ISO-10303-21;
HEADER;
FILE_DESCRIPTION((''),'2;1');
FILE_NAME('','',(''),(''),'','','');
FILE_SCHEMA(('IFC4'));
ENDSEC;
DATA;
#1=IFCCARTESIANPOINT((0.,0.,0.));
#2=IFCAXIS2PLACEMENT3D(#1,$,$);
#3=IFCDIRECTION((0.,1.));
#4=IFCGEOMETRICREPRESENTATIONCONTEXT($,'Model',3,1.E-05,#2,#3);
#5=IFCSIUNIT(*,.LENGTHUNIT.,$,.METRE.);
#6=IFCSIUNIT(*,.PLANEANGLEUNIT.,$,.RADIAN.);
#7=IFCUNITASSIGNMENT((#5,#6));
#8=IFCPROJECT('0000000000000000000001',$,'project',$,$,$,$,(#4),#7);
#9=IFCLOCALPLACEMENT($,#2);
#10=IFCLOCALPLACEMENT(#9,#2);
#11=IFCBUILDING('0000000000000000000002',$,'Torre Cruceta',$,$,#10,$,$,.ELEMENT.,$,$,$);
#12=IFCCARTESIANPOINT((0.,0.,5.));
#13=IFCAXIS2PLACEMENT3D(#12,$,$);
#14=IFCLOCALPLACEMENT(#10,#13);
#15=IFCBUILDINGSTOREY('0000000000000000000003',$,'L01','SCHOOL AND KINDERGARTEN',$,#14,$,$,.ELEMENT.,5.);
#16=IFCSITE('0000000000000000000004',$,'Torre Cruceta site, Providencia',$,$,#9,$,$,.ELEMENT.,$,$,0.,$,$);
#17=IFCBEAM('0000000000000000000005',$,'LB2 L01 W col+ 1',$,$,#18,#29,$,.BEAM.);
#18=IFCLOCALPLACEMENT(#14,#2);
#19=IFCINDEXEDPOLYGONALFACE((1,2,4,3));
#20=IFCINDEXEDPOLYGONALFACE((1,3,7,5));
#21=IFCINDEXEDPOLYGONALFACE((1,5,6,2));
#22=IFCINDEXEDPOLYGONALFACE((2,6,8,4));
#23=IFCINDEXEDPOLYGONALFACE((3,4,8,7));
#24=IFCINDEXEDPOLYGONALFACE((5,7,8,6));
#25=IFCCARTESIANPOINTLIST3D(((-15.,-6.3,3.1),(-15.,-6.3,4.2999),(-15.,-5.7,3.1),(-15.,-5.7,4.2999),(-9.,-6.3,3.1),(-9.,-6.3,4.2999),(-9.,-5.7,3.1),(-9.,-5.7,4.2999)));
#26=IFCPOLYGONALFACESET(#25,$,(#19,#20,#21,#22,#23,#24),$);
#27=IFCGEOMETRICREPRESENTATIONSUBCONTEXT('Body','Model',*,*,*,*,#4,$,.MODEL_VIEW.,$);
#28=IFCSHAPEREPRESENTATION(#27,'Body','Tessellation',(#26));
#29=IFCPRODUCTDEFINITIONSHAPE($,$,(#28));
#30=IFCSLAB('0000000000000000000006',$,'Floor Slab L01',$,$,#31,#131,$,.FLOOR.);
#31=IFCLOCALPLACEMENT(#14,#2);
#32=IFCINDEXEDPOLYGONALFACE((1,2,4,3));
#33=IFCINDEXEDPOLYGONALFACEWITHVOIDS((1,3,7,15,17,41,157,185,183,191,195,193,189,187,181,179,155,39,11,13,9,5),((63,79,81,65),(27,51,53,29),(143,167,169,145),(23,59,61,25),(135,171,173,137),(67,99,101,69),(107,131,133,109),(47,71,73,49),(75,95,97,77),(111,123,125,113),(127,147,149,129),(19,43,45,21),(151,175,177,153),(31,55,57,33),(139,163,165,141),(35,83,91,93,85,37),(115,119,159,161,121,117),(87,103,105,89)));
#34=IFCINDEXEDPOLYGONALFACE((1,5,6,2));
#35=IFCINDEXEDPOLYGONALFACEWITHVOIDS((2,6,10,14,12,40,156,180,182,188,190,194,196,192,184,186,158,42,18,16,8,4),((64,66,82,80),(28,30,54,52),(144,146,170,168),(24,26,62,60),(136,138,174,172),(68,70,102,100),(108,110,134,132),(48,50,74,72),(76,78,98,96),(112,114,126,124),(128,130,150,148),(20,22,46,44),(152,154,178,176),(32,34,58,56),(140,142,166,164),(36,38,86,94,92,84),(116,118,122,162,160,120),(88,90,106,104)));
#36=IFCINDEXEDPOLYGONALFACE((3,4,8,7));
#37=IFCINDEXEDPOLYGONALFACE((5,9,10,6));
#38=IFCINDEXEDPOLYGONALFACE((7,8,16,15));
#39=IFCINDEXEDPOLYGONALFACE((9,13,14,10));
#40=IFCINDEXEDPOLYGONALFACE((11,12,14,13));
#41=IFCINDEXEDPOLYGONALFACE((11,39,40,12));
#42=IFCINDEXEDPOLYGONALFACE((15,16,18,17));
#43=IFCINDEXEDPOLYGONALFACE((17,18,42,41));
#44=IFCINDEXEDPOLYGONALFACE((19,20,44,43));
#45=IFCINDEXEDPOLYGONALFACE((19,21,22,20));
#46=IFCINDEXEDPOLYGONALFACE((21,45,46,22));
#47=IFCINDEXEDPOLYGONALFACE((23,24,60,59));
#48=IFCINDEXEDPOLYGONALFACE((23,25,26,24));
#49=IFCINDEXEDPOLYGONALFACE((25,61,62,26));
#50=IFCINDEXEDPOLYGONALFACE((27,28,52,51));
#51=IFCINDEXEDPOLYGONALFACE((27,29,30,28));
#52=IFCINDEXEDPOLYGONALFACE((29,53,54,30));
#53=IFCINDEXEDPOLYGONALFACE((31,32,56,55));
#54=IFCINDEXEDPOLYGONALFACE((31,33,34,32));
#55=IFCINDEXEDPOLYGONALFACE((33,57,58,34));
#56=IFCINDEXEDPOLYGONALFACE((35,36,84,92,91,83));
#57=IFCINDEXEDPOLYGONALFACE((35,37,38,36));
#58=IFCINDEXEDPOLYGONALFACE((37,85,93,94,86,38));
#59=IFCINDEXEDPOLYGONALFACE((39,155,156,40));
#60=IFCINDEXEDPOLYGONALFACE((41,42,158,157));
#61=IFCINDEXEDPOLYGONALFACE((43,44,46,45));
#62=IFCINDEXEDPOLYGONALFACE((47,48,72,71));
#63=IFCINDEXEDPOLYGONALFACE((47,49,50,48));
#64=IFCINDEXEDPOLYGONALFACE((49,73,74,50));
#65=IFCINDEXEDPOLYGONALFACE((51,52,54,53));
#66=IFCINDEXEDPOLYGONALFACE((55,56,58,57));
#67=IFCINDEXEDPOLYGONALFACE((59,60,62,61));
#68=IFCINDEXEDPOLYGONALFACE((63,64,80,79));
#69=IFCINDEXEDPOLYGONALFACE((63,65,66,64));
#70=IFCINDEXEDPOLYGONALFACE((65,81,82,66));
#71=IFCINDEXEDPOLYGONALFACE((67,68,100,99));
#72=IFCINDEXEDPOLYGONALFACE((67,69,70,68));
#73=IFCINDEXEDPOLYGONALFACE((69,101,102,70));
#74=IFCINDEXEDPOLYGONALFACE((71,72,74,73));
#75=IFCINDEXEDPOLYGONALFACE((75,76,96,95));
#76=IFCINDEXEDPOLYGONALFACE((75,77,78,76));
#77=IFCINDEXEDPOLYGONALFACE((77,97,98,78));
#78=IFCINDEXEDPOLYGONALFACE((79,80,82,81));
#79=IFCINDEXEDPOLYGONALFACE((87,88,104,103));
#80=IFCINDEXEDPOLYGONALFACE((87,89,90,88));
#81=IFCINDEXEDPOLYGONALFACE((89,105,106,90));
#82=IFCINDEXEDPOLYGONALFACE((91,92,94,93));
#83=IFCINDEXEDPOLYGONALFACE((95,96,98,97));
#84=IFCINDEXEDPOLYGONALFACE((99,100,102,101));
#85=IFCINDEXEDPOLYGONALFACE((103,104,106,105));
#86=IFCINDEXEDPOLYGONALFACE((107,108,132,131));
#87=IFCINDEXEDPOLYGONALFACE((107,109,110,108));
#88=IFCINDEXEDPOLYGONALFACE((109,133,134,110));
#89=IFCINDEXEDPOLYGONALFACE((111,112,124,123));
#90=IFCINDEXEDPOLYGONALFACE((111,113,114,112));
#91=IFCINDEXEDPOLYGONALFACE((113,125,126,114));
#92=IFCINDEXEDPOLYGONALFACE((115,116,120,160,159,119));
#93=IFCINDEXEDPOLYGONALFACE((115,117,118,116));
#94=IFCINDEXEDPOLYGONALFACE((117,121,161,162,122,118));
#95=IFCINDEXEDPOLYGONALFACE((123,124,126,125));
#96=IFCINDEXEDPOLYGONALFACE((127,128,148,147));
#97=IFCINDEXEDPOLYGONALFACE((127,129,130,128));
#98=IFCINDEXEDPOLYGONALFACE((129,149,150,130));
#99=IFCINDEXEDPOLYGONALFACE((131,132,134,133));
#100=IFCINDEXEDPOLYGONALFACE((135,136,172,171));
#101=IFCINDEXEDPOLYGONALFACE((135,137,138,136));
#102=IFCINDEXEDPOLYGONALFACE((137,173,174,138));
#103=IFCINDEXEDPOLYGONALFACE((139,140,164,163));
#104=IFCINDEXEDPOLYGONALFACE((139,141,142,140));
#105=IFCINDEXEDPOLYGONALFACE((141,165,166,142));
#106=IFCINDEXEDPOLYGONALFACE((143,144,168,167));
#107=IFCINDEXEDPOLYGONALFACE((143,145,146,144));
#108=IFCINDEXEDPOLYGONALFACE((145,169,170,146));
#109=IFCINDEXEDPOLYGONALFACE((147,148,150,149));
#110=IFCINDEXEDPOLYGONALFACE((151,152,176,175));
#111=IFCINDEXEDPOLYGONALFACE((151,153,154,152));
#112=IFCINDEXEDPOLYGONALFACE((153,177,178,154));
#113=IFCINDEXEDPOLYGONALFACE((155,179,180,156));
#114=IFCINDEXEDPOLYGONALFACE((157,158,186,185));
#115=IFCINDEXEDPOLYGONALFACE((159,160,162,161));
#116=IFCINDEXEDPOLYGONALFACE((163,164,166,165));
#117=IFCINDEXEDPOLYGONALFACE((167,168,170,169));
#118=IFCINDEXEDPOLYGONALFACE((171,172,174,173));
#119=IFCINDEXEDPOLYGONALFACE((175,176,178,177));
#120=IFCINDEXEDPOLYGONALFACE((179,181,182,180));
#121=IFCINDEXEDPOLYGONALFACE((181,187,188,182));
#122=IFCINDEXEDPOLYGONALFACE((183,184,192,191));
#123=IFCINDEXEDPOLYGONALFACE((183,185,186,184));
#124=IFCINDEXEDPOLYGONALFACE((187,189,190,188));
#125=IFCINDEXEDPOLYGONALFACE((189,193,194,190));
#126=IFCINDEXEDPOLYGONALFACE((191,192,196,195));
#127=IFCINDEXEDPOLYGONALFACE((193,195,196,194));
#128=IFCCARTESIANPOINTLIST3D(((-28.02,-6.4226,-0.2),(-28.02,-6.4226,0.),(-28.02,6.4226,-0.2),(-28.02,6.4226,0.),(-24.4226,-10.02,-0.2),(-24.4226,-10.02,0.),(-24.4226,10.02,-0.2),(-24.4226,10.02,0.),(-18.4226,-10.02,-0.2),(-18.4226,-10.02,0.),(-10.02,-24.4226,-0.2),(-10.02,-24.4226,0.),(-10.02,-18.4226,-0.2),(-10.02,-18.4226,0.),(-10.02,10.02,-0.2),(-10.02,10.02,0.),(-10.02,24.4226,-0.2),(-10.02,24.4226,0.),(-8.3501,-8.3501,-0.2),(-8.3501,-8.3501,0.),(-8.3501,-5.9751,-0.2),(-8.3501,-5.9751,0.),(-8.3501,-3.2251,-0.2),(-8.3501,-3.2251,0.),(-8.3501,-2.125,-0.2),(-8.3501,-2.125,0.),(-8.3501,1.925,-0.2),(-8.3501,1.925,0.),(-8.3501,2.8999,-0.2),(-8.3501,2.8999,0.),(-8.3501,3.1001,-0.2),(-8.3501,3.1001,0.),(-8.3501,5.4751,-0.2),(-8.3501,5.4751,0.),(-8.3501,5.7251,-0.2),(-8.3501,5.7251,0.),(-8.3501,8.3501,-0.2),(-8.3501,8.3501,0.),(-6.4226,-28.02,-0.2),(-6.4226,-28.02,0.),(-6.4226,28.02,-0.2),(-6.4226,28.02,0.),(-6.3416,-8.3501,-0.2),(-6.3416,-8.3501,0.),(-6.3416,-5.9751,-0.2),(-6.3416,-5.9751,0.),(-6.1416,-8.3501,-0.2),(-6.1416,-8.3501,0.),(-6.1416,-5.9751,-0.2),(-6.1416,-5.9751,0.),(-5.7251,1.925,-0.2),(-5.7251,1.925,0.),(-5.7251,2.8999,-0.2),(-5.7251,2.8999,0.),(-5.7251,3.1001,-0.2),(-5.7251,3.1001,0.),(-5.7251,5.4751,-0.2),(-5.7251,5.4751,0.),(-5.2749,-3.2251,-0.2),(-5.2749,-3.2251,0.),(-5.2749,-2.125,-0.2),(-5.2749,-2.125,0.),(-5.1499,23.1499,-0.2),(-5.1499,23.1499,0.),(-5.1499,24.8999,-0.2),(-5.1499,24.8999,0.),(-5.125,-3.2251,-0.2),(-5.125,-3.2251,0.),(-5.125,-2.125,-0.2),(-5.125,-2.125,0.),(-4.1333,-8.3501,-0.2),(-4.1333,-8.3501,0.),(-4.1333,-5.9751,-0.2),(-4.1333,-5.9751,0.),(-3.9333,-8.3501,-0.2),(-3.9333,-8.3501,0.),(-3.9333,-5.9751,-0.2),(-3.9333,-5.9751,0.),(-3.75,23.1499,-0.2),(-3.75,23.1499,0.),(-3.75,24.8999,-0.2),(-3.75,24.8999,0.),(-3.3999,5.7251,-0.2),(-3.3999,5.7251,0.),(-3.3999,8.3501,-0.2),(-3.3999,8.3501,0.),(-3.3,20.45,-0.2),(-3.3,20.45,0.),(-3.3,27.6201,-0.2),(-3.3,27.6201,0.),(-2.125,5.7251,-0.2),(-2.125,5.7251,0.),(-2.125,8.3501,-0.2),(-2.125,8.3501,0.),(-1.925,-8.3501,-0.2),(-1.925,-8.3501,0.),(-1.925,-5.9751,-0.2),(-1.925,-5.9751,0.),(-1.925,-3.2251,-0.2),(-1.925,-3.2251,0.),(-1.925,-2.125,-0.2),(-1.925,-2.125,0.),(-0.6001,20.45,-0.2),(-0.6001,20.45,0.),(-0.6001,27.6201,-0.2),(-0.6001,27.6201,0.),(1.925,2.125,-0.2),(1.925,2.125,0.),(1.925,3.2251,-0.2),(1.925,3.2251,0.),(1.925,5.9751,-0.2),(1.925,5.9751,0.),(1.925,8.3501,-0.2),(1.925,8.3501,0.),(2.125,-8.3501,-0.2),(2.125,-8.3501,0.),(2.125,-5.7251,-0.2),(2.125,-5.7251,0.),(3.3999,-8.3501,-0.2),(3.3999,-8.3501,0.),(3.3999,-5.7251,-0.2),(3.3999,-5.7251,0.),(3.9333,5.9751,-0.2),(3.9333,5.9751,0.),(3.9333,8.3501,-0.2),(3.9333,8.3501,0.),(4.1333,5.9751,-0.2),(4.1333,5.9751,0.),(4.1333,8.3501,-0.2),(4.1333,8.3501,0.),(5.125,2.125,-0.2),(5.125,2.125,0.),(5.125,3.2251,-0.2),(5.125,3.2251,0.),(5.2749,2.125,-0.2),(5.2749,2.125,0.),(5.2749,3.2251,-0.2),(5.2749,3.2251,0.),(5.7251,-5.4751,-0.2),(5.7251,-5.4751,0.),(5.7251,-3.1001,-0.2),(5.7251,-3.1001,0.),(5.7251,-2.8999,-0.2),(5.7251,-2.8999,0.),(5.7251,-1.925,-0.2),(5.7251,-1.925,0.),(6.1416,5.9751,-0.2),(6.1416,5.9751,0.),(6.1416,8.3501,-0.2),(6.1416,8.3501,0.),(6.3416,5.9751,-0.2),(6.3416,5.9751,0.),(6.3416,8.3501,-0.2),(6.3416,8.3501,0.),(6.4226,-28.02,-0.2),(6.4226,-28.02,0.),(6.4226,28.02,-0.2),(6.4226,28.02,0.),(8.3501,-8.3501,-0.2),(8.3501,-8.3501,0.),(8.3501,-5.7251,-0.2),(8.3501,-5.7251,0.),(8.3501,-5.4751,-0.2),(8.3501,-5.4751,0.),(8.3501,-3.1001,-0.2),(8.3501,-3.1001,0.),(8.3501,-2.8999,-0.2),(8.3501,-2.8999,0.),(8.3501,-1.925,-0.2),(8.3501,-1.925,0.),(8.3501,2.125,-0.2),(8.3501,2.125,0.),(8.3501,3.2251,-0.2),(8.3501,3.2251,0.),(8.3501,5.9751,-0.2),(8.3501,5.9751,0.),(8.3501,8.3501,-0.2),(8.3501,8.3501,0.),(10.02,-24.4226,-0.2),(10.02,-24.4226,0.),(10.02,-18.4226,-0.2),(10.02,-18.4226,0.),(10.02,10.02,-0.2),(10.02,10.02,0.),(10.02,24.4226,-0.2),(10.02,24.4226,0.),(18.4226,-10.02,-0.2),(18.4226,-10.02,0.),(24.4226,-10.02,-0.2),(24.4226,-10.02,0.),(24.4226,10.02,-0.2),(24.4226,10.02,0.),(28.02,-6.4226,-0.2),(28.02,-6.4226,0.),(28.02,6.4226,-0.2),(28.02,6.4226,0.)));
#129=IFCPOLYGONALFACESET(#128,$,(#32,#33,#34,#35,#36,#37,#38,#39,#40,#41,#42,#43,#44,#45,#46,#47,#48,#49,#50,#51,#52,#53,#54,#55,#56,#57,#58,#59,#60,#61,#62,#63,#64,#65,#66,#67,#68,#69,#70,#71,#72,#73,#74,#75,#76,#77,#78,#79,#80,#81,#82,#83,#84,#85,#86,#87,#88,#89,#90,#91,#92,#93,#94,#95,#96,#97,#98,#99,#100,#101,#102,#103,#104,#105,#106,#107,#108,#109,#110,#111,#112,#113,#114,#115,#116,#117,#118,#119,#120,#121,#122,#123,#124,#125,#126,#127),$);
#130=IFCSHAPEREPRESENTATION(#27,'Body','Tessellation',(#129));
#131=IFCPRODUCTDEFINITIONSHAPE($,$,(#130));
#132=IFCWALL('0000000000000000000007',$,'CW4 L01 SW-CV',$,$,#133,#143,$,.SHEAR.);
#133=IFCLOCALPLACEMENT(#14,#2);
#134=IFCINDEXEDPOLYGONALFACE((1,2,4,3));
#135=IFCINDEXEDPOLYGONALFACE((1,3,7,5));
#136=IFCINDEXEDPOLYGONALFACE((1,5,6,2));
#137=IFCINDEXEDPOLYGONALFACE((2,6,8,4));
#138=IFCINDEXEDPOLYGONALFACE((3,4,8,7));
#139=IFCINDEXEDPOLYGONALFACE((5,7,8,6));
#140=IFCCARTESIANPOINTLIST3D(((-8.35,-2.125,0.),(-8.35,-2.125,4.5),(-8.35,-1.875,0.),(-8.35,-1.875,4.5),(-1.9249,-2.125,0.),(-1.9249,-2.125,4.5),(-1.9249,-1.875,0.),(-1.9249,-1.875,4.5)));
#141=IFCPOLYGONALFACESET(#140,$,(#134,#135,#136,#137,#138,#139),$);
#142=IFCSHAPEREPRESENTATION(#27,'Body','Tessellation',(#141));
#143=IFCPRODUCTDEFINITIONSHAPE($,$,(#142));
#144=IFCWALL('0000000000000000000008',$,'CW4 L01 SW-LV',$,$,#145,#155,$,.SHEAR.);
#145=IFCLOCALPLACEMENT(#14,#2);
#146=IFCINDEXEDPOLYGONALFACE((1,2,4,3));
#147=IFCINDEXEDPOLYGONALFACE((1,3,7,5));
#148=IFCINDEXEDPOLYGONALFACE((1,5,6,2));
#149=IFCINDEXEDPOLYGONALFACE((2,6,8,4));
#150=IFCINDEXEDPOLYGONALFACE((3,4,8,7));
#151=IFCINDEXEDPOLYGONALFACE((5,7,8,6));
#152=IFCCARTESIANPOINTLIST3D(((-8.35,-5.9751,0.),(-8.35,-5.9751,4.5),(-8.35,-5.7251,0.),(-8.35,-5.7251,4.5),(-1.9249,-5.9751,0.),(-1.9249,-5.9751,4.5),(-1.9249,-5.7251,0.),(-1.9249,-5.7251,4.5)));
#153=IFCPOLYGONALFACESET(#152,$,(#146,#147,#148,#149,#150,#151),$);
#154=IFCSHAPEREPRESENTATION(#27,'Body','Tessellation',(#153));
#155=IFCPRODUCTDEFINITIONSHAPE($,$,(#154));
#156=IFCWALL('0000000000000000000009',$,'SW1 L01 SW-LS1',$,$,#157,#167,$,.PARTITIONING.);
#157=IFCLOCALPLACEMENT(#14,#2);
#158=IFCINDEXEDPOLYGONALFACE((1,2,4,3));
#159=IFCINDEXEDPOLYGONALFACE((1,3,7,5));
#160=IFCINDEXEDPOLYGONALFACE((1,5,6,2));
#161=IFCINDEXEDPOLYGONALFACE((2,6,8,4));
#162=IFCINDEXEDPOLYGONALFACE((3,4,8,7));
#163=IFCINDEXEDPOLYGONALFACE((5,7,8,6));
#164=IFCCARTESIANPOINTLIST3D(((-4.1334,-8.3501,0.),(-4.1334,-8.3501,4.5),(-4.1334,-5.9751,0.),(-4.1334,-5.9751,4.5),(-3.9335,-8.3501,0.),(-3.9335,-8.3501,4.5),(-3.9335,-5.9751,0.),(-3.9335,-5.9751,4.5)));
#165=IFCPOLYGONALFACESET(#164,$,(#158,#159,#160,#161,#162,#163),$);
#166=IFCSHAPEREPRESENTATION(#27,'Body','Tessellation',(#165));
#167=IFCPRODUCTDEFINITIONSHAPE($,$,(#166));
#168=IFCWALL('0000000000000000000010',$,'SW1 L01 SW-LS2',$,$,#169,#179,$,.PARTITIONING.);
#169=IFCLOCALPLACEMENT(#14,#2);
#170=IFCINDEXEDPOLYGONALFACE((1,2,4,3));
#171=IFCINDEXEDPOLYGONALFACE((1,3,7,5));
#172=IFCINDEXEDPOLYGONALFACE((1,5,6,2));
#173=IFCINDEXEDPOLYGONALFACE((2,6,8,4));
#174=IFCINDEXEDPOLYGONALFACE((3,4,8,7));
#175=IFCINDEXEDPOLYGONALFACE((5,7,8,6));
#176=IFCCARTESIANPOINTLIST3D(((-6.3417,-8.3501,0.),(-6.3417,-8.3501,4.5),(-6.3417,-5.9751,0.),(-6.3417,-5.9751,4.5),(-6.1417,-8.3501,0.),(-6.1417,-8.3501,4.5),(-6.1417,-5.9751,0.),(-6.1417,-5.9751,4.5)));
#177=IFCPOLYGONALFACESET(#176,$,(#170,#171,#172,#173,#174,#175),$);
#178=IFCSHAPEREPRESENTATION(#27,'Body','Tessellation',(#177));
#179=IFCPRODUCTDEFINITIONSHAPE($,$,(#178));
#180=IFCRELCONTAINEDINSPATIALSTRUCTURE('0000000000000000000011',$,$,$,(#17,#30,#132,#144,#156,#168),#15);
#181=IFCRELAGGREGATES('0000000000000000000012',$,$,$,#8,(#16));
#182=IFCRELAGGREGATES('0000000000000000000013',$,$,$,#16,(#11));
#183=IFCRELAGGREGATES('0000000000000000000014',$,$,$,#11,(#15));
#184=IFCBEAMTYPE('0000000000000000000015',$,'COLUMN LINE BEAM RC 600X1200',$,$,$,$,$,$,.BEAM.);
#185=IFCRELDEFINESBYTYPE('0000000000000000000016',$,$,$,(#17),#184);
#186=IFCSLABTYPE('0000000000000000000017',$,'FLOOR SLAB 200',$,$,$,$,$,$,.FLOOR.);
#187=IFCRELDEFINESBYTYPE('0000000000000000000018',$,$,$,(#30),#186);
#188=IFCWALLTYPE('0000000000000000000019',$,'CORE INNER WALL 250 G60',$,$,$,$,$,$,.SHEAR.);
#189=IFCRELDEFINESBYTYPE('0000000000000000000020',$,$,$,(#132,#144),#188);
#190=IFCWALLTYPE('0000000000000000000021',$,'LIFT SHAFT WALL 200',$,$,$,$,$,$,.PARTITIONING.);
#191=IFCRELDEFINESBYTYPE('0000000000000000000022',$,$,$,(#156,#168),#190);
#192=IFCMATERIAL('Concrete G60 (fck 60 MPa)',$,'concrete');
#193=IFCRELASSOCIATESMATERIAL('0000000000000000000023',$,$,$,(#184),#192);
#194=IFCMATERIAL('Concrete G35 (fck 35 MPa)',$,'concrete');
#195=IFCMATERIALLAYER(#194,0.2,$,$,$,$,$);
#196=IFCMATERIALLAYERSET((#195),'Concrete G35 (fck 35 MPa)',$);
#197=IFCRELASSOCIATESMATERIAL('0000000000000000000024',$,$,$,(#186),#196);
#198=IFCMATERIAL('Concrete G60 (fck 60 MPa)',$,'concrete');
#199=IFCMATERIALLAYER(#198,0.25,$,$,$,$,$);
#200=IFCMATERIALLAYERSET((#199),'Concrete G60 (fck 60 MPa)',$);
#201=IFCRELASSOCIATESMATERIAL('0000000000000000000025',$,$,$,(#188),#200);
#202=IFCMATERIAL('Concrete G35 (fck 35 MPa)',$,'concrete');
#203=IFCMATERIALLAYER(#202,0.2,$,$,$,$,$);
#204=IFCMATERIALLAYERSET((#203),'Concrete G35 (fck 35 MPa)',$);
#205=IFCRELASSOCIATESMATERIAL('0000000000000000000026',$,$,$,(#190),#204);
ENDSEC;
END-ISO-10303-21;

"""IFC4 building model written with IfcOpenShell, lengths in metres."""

from ifc_helpers import new_model, si_unit, direction, frame, frame_2d, origin, origin_2d, place, context, subcontext, project, spatial, polyline, rectangle, outline, extrude, material, layer, layer_set, material_profile, profile_set, type_object, element, save


model = new_model("IFC4")

# Units and contexts
model_context = context("Model", 3, precision=1e-05, world=origin(), true_north=direction((0.0, 1.0)))
body_context = subcontext(model_context, "Body", "Model", "MODEL_VIEW")
ifc_project = project(units=[si_unit("LENGTHUNIT", "METRE"), si_unit("PLANEANGLEUNIT", "RADIAN")], contexts=[model_context])

# Site, building, storey
site_placement = place(None, origin())
site = spatial("IfcSite", under=ifc_project, at=site_placement, Name="Torre Cruceta site, Providencia", CompositionType="ELEMENT", RefElevation=0.0)
building_placement = place(site_placement, origin())
building = spatial("IfcBuilding", under=site, at=building_placement, Name="Torre Cruceta", CompositionType="ELEMENT")
storey_placement = place(building_placement, frame((0.0, 0.0, 5.0)))
storey = spatial("IfcBuildingStorey", under=building, at=storey_placement, Name="L01", Description="SCHOOL AND KINDERGARTEN", CompositionType="ELEMENT", Elevation=5.0)

# Beam
ifc_material_1 = material(Name="Concrete G60 (fck 60 MPa)", Category="concrete")
ifc_material_profile = material_profile(ifc_material_1, rectangle(XDim=0.6001, YDim=1.2, at=origin_2d()), Name="RC 600X1200")
ifc_profile_set = profile_set([ifc_material_profile], Name="Concrete G60 (fck 60 MPa)")
beam_type = type_object("IfcBeamType", Name="COLUMN LINE BEAM RC 600X1200", PredefinedType="BEAM", material=ifc_profile_set)
beam_placement = place(storey_placement, frame((-9.0, -6.0, 3.7), z_axis=(-1.0, 0.0, 0.0), x_axis=(0.0, -1.0, 0.0)))
element("IfcBeam", 1, at=beam_placement, inside=storey, type_object=beam_type, Name="LB2 L01 W col+ 1", PredefinedType="BEAM", context=body_context, shape_type="SweptSolid", body=[
    extrude(rectangle(XDim=0.6001, YDim=1.2, at=origin_2d()), origin(), (0.0, 0.0, 1.0), 6.0),
])

# Slab
ifc_material_2 = material(Name="Concrete G35 (fck 35 MPa)", Category="concrete")
ifc_layer_1 = layer(ifc_material_2, 0.2)
ifc_layer_set_1 = layer_set([ifc_layer_1], Name="Concrete G35 (fck 35 MPa)")
slab_type = type_object("IfcSlabType", Name="FLOOR SLAB 200", PredefinedType="FLOOR", material=ifc_layer_set_1)
slab_placement = place(storey_placement, frame((0.0, 0.0, -0.2)))
element("IfcSlab", 2, at=slab_placement, inside=storey, type_object=slab_type, Name="Floor Slab L01", PredefinedType="FLOOR", context=body_context, shape_type="SweptSolid", body=[
    extrude(outline(polyline([(18.4226, -10.02), (10.02, -18.4226), (10.02, -24.4226), (6.4226, -28.02), (-6.4226, -28.02), (-10.02, -24.4226), (-10.02, -18.4226), (-18.4226, -10.02), (-24.4226, -10.02), (-28.02, -6.4226), (-28.02, 6.4226), (-24.4226, 10.02), (-10.02, 10.02), (-10.02, 24.4226), (-6.4226, 28.02), (6.4226, 28.02), (10.02, 24.4226), (10.02, 10.02), (24.4226, 10.02), (28.02, 6.4226), (28.02, -6.4226), (24.4226, -10.02), (18.4226, -10.02)]), holes=[polyline([(1.925, 5.9751), (3.9333, 5.9751), (3.9333, 8.3501), (1.925, 8.3501), (1.925, 5.9751)]), polyline([(4.1333, 5.9751), (6.1416, 5.9751), (6.1416, 8.3501), (4.1333, 8.3501), (4.1333, 5.9751)]), polyline([(6.3416, 5.9751), (8.3501, 5.9751), (8.3501, 8.3501), (6.3416, 8.3501), (6.3416, 5.9751)]), polyline([(1.925, 2.125), (5.125, 2.125), (5.125, 3.2251), (1.925, 3.2251), (1.925, 2.125)]), polyline([(5.2749, 2.125), (8.3501, 2.125), (8.3501, 3.2251), (5.2749, 3.2251), (5.2749, 2.125)]), polyline([(-8.3501, 3.1001), (-5.7251, 3.1001), (-5.7251, 5.4751), (-8.3501, 5.4751), (-8.3501, 3.1001)]), polyline([(-8.3501, 1.925), (-5.7251, 1.925), (-5.7251, 2.8999), (-8.3501, 2.8999), (-8.3501, 1.925)]), polyline([(-3.9333, -8.3501), (-1.925, -8.3501), (-1.925, -5.9751), (-3.9333, -5.9751), (-3.9333, -8.3501)]), polyline([(-6.1416, -8.3501), (-4.1333, -8.3501), (-4.1333, -5.9751), (-6.1416, -5.9751), (-6.1416, -8.3501)]), polyline([(-8.3501, -8.3501), (-6.3416, -8.3501), (-6.3416, -5.9751), (-8.3501, -5.9751), (-8.3501, -8.3501)]), polyline([(-5.125, -3.2251), (-1.925, -3.2251), (-1.925, -2.125), (-5.125, -2.125), (-5.125, -3.2251)]), polyline([(-8.3501, -3.2251), (-5.2749, -3.2251), (-5.2749, -2.125), (-8.3501, -2.125), (-8.3501, -3.2251)]), polyline([(5.7251, -5.4751), (8.3501, -5.4751), (8.3501, -3.1001), (5.7251, -3.1001), (5.7251, -5.4751)]), polyline([(5.7251, -2.8999), (8.3501, -2.8999), (8.3501, -1.925), (5.7251, -1.925), (5.7251, -2.8999)]), polyline([(-8.3501, 5.7251), (-8.3501, 8.3501), (-3.3999, 8.3501), (-2.125, 8.3501), (-2.125, 5.7251), (-3.3999, 5.7251), (-8.3501, 5.7251)]), polyline([(2.125, -5.7251), (3.3999, -5.7251), (8.3501, -5.7251), (8.3501, -8.3501), (3.3999, -8.3501), (2.125, -8.3501), (2.125, -5.7251)]), polyline([(-0.6001, 20.45), (-0.6001, 27.6201), (-3.3, 27.6201), (-3.3, 20.45), (-0.6001, 20.45)]), polyline([(-3.75, 23.1499), (-3.75, 24.8999), (-5.1499, 24.8999), (-5.1499, 23.1499), (-3.75, 23.1499)])]), origin(), (0.0, 0.0, 1.0), 0.2),
])

# Shared definitions
ifc_material_3 = material(Name="Concrete G60 (fck 60 MPa)", Category="concrete")
ifc_layer_2 = layer(ifc_material_3, 0.25)
ifc_layer_set_2 = layer_set([ifc_layer_2], Name="Concrete G60 (fck 60 MPa)")
wall_type_1 = type_object("IfcWallType", Name="CORE INNER WALL 250 G60", PredefinedType="SHEAR", material=ifc_layer_set_2)

# Walls
for number, where, z_axis, x_axis, name in (
    (3, (-1.925, -2.0, 0.0), (0.0, 0.0, 1.0), (-1.0, 0.0, 0.0), "CW4 L01 SW-CV"),
    (4, (-1.925, -5.8501, 0.0), (0.0, 0.0, 1.0), (-1.0, 0.0, 0.0), "CW4 L01 SW-LV"),
):
    element("IfcWall", number, at=place(storey_placement, frame(where, z_axis=z_axis, x_axis=x_axis)), inside=storey, type_object=wall_type_1, Name=name, PredefinedType="SHEAR", context=body_context, shape_type="SweptSolid", body=[
        extrude(rectangle(XDim=6.425, YDim=0.25, at=frame_2d((3.2124, 0.0))), origin(), (0.0, 0.0, 1.0), 4.5),
    ])
ifc_material_4 = material(Name="Concrete G35 (fck 35 MPa)", Category="concrete")
ifc_layer_3 = layer(ifc_material_4, 0.2)
ifc_layer_set_3 = layer_set([ifc_layer_3], Name="Concrete G35 (fck 35 MPa)")
wall_type_2 = type_object("IfcWallType", Name="LIFT SHAFT WALL 200", PredefinedType="PARTITIONING", material=ifc_layer_set_3)
for number, where, z_axis, x_axis, name in (
    (5, (-4.0334, -5.9751, 0.0), (0.0, 0.0, 1.0), (0.0, -1.0, 0.0), "SW1 L01 SW-LS1"),
    (6, (-6.2417, -5.9751, 0.0), (0.0, 0.0, 1.0), (0.0, -1.0, 0.0), "SW1 L01 SW-LS2"),
):
    element("IfcWall", number, at=place(storey_placement, frame(where, z_axis=z_axis, x_axis=x_axis)), inside=storey, type_object=wall_type_2, Name=name, PredefinedType="PARTITIONING", context=body_context, shape_type="SweptSolid", body=[
        extrude(rectangle(XDim=2.375, YDim=0.2, at=frame_2d((1.1875, 0.0))), origin(), (0.0, 0.0, 1.0), 4.5),
    ])

save(model, "model.ifc")
